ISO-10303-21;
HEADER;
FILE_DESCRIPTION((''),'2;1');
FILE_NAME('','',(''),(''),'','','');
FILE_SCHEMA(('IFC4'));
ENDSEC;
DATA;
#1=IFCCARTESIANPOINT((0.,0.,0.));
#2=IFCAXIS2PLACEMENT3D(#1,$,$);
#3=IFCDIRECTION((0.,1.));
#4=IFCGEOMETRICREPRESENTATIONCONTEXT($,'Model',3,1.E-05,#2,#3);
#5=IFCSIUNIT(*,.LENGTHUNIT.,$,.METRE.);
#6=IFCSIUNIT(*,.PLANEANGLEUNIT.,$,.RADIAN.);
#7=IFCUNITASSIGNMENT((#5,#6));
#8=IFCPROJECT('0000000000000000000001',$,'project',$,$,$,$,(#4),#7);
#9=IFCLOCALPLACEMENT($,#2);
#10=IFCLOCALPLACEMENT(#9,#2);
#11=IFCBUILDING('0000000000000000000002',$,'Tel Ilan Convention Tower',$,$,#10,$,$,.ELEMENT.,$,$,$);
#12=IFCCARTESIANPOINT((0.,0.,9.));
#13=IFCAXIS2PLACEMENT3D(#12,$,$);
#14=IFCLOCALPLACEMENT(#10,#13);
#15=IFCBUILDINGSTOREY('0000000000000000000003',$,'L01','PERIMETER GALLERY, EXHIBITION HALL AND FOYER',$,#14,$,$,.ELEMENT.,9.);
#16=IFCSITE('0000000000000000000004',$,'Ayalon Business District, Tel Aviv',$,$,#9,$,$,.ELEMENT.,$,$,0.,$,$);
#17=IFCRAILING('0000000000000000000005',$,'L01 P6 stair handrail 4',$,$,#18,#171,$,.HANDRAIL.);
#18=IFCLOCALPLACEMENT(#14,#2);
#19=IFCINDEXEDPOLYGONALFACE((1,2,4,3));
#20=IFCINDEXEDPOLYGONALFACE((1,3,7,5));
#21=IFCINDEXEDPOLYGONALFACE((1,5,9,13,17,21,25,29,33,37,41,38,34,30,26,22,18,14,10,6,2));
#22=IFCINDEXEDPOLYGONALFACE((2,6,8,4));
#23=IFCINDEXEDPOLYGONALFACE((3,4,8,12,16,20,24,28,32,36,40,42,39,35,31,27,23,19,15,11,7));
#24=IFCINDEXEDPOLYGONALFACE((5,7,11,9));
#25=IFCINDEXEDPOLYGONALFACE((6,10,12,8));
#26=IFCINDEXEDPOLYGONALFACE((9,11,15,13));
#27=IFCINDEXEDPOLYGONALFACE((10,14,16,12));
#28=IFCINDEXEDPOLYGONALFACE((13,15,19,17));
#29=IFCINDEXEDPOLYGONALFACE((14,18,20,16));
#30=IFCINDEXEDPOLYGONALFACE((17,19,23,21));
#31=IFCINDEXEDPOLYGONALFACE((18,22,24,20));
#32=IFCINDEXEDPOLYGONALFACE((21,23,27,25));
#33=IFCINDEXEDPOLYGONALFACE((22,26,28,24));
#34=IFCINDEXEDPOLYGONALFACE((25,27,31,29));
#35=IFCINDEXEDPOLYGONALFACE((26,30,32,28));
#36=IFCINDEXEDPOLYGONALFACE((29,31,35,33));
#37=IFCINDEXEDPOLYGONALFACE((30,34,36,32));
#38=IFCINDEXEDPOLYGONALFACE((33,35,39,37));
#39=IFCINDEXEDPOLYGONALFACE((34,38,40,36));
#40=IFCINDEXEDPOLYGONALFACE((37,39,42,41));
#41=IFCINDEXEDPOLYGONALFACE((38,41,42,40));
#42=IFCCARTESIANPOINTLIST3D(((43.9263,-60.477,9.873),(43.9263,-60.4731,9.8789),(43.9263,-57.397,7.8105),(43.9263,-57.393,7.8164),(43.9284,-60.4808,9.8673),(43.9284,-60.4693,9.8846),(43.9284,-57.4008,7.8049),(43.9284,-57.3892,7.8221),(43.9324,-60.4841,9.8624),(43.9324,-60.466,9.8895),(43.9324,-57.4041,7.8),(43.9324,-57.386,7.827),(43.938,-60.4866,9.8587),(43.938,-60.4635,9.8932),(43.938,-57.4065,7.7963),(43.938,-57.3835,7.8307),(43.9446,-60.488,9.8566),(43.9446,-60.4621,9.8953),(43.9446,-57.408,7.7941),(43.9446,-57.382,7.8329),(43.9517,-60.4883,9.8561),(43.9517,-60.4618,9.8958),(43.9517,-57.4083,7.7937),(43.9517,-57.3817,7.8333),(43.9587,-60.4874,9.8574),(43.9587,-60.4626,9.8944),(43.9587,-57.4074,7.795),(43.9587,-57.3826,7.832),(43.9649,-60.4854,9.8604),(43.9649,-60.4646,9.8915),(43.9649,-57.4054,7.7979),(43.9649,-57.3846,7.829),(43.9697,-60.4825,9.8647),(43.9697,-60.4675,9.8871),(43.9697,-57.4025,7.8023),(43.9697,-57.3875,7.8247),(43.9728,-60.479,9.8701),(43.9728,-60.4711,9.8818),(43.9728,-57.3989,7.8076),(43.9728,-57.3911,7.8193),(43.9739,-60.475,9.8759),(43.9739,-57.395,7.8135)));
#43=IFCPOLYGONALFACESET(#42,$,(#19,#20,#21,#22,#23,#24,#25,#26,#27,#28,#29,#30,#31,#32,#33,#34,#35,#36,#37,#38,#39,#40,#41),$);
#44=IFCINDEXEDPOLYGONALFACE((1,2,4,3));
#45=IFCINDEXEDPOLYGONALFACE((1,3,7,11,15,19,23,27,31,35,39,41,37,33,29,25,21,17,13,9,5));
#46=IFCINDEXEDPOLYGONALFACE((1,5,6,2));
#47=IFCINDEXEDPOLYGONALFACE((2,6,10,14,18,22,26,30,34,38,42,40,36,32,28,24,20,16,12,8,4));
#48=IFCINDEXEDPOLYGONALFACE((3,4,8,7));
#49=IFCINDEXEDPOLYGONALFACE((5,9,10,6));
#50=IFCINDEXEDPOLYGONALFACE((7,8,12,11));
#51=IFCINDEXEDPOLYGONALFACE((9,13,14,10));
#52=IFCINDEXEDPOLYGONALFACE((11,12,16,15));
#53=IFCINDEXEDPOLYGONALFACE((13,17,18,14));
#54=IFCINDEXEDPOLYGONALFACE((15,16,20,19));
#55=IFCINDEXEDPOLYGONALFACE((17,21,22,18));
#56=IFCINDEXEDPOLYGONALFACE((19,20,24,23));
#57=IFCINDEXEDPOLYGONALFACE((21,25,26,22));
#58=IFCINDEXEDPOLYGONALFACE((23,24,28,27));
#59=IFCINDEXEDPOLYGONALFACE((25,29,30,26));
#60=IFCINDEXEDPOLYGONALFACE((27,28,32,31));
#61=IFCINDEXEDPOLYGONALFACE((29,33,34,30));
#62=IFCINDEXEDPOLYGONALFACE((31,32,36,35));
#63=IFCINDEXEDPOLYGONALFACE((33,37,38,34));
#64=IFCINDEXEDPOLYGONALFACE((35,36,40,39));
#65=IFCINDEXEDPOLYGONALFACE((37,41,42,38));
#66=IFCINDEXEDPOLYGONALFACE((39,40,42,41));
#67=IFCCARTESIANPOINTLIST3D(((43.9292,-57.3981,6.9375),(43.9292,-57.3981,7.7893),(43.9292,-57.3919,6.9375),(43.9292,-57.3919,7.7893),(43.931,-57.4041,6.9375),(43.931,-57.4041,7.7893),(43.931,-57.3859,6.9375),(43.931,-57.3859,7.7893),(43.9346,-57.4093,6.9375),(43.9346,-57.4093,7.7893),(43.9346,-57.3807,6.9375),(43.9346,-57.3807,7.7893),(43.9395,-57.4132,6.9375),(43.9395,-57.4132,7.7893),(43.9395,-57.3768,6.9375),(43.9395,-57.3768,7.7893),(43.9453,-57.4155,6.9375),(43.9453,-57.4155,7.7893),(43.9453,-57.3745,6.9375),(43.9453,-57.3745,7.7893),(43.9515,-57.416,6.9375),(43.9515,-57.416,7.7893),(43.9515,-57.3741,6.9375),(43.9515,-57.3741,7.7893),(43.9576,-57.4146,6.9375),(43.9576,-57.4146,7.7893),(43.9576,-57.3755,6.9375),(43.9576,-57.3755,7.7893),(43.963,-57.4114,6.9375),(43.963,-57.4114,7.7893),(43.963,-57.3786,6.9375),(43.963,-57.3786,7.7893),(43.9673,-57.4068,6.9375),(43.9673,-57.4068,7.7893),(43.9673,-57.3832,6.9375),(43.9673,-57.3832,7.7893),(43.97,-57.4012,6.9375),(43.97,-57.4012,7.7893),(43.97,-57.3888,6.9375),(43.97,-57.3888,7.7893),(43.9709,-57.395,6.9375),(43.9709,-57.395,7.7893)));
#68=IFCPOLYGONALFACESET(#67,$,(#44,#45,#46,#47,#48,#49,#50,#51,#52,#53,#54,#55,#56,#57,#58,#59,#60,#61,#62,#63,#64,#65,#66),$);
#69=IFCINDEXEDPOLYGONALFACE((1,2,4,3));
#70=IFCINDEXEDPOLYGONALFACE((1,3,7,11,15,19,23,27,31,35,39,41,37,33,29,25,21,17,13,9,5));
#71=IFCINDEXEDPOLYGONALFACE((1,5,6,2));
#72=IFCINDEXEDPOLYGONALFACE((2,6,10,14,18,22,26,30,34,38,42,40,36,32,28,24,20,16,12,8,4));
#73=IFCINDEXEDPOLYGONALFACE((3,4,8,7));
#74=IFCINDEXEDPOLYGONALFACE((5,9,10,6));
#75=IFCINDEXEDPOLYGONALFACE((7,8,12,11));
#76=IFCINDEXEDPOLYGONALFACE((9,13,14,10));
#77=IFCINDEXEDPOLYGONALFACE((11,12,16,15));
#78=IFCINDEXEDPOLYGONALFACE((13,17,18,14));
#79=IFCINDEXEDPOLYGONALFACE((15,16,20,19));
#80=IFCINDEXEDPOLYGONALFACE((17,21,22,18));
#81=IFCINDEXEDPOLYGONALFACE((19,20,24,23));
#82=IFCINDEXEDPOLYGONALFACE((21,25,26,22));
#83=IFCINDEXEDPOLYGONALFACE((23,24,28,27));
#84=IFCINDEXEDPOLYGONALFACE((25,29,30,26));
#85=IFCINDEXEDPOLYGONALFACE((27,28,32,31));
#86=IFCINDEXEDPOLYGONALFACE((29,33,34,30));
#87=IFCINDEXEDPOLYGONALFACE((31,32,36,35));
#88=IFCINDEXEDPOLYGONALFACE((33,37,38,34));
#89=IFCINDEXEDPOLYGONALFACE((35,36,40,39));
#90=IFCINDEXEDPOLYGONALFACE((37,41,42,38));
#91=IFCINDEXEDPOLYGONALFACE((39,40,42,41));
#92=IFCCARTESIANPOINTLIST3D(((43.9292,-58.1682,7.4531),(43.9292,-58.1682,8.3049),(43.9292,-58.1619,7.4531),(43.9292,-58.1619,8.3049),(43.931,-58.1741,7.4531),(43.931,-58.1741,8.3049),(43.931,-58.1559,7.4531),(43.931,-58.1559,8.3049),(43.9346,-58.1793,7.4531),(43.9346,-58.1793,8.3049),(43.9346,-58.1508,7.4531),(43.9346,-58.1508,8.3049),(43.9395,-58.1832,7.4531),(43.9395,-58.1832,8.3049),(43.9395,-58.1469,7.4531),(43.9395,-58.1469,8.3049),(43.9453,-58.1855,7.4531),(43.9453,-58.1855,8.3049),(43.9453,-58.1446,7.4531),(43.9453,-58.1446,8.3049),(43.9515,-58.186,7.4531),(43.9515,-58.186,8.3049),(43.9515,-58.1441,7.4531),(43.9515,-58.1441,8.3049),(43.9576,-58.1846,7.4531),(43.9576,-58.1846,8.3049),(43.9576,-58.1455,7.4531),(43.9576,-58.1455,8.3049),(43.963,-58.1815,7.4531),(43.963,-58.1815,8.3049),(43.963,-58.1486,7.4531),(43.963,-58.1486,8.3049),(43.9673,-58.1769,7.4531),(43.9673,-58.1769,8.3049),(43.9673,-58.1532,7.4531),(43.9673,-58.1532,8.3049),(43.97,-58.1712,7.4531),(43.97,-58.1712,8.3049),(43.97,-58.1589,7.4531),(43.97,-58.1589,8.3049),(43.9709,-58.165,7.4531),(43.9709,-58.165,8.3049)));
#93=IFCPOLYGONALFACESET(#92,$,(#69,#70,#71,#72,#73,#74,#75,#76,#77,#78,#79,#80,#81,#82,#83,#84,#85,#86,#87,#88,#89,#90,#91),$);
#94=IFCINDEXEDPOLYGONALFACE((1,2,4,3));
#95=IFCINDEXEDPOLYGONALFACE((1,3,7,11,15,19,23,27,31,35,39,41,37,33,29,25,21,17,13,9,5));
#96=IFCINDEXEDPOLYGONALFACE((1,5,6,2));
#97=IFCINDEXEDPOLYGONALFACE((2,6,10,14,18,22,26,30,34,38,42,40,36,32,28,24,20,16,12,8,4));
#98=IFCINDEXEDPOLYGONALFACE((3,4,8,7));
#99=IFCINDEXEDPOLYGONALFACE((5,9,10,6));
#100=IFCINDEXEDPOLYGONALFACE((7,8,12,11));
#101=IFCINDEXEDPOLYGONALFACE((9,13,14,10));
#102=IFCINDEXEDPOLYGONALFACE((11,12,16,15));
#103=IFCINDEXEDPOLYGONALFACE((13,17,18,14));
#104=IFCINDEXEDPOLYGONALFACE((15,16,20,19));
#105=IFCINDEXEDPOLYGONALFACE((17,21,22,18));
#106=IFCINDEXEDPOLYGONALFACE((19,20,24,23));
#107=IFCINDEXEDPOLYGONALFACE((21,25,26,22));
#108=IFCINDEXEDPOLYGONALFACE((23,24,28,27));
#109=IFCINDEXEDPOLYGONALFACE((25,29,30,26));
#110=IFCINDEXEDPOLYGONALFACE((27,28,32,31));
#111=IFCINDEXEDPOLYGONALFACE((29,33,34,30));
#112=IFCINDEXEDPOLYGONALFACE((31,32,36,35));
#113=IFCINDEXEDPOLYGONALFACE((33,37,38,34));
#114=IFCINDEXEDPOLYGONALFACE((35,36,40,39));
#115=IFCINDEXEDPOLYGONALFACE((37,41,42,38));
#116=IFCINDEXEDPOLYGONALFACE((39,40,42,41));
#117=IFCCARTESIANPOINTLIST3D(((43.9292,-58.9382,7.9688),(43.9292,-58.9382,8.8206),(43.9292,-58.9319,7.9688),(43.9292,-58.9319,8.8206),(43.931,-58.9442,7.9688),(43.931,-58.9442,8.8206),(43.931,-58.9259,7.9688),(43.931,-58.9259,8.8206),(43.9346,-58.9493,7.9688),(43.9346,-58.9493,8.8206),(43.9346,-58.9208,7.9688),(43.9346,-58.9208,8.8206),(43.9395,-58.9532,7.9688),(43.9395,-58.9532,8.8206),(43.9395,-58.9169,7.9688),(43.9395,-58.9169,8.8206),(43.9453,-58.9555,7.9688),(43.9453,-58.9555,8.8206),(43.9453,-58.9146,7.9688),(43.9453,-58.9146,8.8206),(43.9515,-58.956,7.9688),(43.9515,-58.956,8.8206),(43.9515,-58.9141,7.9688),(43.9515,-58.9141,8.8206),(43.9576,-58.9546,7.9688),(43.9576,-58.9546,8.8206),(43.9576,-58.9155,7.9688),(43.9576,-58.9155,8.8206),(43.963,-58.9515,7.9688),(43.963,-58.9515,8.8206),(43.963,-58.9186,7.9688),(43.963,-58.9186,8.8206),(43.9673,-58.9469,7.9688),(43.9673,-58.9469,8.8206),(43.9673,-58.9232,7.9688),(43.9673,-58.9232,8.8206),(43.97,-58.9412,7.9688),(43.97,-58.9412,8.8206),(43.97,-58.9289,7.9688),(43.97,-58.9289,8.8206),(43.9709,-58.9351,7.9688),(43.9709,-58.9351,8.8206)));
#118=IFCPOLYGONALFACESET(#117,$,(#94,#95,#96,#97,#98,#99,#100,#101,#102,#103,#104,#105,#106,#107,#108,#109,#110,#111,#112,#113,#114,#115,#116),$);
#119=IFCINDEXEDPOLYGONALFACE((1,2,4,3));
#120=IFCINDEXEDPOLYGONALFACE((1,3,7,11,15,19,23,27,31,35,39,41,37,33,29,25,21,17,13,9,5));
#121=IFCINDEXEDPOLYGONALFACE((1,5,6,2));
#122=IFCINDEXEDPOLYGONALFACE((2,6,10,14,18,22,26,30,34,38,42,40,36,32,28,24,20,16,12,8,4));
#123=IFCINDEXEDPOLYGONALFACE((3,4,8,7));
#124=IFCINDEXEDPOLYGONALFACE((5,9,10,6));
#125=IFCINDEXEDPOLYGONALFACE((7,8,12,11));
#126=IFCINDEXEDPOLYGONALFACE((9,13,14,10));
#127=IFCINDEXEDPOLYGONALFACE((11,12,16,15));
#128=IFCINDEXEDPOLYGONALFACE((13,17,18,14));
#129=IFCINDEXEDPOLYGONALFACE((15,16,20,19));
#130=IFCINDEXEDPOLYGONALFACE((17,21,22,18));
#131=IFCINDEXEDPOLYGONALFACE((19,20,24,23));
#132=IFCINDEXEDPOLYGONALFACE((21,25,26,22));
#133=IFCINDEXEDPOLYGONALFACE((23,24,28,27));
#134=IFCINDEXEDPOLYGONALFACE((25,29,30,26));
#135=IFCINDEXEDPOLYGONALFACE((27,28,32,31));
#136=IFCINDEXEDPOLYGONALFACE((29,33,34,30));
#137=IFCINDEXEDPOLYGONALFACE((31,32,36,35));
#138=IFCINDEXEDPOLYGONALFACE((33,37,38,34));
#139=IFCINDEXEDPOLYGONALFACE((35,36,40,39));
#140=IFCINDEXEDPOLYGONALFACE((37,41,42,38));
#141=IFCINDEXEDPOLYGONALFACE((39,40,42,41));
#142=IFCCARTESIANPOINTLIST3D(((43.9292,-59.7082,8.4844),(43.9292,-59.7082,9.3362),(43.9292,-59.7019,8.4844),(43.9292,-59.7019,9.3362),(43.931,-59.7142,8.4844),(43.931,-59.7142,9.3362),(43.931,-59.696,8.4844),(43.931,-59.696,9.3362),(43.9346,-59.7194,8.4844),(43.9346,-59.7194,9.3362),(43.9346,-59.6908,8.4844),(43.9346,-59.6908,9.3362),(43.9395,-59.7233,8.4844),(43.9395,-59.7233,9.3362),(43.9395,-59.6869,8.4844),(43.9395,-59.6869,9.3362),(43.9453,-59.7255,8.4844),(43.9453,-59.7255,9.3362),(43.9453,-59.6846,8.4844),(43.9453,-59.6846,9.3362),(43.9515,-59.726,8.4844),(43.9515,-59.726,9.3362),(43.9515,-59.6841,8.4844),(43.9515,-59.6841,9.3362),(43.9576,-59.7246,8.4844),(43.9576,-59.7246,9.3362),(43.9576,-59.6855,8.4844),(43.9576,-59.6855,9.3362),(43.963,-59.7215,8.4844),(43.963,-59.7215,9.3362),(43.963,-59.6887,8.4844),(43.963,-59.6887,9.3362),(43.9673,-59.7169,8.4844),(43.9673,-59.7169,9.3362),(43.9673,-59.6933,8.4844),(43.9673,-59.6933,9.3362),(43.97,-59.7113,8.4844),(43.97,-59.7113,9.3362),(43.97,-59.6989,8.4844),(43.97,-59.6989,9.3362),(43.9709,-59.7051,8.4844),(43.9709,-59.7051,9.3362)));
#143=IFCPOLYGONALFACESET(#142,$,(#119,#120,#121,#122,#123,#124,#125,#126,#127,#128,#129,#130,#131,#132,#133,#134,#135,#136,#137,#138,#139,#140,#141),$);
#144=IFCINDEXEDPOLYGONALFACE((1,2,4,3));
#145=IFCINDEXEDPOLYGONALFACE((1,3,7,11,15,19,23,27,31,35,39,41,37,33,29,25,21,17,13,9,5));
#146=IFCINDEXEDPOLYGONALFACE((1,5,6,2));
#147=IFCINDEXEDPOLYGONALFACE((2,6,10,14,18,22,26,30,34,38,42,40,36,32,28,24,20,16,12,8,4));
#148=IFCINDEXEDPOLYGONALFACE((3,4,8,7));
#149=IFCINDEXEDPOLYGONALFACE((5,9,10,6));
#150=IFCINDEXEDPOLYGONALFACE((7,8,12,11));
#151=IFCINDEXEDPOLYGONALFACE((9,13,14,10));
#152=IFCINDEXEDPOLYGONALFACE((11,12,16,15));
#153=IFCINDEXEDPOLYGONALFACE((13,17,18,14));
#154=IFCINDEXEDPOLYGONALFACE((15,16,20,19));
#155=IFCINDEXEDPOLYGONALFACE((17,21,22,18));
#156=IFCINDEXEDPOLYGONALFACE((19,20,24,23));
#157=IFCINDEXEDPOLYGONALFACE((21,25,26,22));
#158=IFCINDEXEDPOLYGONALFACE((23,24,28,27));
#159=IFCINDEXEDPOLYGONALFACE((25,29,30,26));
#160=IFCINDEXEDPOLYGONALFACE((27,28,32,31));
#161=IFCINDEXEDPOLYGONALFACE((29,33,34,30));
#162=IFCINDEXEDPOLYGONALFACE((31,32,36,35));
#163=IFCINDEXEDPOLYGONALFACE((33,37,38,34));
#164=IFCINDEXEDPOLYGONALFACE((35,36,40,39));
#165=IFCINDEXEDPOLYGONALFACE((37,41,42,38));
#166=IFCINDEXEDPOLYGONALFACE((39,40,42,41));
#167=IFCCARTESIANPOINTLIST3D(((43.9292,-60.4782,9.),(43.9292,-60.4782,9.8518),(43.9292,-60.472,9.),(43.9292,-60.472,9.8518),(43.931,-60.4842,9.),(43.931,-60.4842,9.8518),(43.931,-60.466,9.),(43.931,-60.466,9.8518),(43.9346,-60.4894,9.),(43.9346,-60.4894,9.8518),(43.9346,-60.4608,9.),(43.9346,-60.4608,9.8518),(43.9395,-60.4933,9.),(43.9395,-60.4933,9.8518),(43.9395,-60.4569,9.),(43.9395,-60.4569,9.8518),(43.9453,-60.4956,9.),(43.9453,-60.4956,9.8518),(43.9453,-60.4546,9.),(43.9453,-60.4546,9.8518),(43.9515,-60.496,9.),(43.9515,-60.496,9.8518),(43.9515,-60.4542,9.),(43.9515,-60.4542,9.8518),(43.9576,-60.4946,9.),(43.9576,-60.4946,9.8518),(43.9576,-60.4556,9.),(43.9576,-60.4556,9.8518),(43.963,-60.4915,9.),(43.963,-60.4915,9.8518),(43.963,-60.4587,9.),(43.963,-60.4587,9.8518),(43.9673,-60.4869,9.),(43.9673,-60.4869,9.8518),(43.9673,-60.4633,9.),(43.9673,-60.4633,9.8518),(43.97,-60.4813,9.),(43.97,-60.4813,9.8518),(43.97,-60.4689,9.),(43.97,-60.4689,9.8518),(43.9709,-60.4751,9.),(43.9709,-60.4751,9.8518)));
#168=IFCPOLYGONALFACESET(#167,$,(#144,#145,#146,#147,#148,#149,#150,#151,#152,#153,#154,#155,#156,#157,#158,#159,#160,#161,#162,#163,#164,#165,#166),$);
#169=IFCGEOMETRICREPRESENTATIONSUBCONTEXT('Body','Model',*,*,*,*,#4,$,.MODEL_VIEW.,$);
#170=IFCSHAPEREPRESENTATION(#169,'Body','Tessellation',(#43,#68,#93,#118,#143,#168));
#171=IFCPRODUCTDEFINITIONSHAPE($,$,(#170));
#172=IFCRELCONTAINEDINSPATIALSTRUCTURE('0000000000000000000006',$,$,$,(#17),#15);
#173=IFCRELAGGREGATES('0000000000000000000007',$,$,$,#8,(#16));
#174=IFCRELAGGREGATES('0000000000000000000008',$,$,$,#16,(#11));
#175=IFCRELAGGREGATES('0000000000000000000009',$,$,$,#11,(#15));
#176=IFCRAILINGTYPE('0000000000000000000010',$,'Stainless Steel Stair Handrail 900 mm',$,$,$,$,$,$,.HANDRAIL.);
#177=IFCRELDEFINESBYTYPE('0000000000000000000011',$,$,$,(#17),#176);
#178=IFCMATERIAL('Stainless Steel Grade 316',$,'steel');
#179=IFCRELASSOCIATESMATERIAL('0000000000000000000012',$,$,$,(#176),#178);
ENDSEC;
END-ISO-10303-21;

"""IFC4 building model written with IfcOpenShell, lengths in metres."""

from ifc_helpers import new_model, si_unit, direction, frame, origin, origin_2d, place, context, subcontext, project, spatial, circle, extrude, material, type_object, element, save


model = new_model("IFC4")

# Units and contexts
model_context = context("Model", 3, precision=1e-05, world=origin(), true_north=direction((0.0, 1.0)))
body_context = subcontext(model_context, "Body", "Model", "MODEL_VIEW")
ifc_project = project(units=[si_unit("LENGTHUNIT", "METRE"), si_unit("PLANEANGLEUNIT", "RADIAN")], contexts=[model_context])

# Site, building, storey
site_placement = place(None, origin())
site = spatial("IfcSite", under=ifc_project, at=site_placement, Name="Ayalon Business District, Tel Aviv", CompositionType="ELEMENT", RefElevation=0.0)
building_placement = place(site_placement, origin())
building = spatial("IfcBuilding", under=site, at=building_placement, Name="Tel Ilan Convention Tower", CompositionType="ELEMENT")
storey_placement = place(building_placement, frame((0.0, 0.0, 9.0)))
storey = spatial("IfcBuildingStorey", under=building, at=storey_placement, Name="L01", Description="PERIMETER GALLERY, EXHIBITION HALL AND FOYER", CompositionType="ELEMENT", Elevation=9.0)

# Railing
ifc_material_1 = material(Name="Stainless Steel Grade 316", Category="steel")
railing_type_1 = type_object("IfcRailingType", Name="Stainless Steel Stair Handrail 900 mm", PredefinedType="HANDRAIL", material=ifc_material_1)
railing_1_placement = place(storey_placement, frame((43.95, -57.395, 6.9375)))
element("IfcRailing", 1, at=railing_1_placement, inside=storey, type_object=railing_type_1, Name="L01 P6 stair handrail 4", PredefinedType="HANDRAIL", context=body_context, shape_type="SweptSolid", body=[
    extrude(circle(Radius=0.0239, at=origin_2d()), frame((0.0, 0.0, 0.876), z_axis=(0.0, -0.830914, 0.556401), x_axis=(1.0, 0.0, 0.0)), (0.0, 0.0, 1.0), 3.7068),
    extrude(circle(Radius=0.021, at=origin_2d()), origin(), (0.0, 0.0, 1.0), 0.8518),
    extrude(circle(Radius=0.021, at=origin_2d()), frame((0.0, -0.77, 0.5156)), (0.0, 0.0, 1.0), 0.8518),
    extrude(circle(Radius=0.021, at=origin_2d()), frame((0.0, -1.54, 1.0312)), (0.0, 0.0, 1.0), 0.8518),
    extrude(circle(Radius=0.021, at=origin_2d()), frame((0.0, -2.3101, 1.5469)), (0.0, 0.0, 1.0), 0.8518),
    extrude(circle(Radius=0.021, at=origin_2d()), frame((0.0, -3.0801, 2.0625)), (0.0, 0.0, 1.0), 0.8518),
])

save(model, "model.ifc")
